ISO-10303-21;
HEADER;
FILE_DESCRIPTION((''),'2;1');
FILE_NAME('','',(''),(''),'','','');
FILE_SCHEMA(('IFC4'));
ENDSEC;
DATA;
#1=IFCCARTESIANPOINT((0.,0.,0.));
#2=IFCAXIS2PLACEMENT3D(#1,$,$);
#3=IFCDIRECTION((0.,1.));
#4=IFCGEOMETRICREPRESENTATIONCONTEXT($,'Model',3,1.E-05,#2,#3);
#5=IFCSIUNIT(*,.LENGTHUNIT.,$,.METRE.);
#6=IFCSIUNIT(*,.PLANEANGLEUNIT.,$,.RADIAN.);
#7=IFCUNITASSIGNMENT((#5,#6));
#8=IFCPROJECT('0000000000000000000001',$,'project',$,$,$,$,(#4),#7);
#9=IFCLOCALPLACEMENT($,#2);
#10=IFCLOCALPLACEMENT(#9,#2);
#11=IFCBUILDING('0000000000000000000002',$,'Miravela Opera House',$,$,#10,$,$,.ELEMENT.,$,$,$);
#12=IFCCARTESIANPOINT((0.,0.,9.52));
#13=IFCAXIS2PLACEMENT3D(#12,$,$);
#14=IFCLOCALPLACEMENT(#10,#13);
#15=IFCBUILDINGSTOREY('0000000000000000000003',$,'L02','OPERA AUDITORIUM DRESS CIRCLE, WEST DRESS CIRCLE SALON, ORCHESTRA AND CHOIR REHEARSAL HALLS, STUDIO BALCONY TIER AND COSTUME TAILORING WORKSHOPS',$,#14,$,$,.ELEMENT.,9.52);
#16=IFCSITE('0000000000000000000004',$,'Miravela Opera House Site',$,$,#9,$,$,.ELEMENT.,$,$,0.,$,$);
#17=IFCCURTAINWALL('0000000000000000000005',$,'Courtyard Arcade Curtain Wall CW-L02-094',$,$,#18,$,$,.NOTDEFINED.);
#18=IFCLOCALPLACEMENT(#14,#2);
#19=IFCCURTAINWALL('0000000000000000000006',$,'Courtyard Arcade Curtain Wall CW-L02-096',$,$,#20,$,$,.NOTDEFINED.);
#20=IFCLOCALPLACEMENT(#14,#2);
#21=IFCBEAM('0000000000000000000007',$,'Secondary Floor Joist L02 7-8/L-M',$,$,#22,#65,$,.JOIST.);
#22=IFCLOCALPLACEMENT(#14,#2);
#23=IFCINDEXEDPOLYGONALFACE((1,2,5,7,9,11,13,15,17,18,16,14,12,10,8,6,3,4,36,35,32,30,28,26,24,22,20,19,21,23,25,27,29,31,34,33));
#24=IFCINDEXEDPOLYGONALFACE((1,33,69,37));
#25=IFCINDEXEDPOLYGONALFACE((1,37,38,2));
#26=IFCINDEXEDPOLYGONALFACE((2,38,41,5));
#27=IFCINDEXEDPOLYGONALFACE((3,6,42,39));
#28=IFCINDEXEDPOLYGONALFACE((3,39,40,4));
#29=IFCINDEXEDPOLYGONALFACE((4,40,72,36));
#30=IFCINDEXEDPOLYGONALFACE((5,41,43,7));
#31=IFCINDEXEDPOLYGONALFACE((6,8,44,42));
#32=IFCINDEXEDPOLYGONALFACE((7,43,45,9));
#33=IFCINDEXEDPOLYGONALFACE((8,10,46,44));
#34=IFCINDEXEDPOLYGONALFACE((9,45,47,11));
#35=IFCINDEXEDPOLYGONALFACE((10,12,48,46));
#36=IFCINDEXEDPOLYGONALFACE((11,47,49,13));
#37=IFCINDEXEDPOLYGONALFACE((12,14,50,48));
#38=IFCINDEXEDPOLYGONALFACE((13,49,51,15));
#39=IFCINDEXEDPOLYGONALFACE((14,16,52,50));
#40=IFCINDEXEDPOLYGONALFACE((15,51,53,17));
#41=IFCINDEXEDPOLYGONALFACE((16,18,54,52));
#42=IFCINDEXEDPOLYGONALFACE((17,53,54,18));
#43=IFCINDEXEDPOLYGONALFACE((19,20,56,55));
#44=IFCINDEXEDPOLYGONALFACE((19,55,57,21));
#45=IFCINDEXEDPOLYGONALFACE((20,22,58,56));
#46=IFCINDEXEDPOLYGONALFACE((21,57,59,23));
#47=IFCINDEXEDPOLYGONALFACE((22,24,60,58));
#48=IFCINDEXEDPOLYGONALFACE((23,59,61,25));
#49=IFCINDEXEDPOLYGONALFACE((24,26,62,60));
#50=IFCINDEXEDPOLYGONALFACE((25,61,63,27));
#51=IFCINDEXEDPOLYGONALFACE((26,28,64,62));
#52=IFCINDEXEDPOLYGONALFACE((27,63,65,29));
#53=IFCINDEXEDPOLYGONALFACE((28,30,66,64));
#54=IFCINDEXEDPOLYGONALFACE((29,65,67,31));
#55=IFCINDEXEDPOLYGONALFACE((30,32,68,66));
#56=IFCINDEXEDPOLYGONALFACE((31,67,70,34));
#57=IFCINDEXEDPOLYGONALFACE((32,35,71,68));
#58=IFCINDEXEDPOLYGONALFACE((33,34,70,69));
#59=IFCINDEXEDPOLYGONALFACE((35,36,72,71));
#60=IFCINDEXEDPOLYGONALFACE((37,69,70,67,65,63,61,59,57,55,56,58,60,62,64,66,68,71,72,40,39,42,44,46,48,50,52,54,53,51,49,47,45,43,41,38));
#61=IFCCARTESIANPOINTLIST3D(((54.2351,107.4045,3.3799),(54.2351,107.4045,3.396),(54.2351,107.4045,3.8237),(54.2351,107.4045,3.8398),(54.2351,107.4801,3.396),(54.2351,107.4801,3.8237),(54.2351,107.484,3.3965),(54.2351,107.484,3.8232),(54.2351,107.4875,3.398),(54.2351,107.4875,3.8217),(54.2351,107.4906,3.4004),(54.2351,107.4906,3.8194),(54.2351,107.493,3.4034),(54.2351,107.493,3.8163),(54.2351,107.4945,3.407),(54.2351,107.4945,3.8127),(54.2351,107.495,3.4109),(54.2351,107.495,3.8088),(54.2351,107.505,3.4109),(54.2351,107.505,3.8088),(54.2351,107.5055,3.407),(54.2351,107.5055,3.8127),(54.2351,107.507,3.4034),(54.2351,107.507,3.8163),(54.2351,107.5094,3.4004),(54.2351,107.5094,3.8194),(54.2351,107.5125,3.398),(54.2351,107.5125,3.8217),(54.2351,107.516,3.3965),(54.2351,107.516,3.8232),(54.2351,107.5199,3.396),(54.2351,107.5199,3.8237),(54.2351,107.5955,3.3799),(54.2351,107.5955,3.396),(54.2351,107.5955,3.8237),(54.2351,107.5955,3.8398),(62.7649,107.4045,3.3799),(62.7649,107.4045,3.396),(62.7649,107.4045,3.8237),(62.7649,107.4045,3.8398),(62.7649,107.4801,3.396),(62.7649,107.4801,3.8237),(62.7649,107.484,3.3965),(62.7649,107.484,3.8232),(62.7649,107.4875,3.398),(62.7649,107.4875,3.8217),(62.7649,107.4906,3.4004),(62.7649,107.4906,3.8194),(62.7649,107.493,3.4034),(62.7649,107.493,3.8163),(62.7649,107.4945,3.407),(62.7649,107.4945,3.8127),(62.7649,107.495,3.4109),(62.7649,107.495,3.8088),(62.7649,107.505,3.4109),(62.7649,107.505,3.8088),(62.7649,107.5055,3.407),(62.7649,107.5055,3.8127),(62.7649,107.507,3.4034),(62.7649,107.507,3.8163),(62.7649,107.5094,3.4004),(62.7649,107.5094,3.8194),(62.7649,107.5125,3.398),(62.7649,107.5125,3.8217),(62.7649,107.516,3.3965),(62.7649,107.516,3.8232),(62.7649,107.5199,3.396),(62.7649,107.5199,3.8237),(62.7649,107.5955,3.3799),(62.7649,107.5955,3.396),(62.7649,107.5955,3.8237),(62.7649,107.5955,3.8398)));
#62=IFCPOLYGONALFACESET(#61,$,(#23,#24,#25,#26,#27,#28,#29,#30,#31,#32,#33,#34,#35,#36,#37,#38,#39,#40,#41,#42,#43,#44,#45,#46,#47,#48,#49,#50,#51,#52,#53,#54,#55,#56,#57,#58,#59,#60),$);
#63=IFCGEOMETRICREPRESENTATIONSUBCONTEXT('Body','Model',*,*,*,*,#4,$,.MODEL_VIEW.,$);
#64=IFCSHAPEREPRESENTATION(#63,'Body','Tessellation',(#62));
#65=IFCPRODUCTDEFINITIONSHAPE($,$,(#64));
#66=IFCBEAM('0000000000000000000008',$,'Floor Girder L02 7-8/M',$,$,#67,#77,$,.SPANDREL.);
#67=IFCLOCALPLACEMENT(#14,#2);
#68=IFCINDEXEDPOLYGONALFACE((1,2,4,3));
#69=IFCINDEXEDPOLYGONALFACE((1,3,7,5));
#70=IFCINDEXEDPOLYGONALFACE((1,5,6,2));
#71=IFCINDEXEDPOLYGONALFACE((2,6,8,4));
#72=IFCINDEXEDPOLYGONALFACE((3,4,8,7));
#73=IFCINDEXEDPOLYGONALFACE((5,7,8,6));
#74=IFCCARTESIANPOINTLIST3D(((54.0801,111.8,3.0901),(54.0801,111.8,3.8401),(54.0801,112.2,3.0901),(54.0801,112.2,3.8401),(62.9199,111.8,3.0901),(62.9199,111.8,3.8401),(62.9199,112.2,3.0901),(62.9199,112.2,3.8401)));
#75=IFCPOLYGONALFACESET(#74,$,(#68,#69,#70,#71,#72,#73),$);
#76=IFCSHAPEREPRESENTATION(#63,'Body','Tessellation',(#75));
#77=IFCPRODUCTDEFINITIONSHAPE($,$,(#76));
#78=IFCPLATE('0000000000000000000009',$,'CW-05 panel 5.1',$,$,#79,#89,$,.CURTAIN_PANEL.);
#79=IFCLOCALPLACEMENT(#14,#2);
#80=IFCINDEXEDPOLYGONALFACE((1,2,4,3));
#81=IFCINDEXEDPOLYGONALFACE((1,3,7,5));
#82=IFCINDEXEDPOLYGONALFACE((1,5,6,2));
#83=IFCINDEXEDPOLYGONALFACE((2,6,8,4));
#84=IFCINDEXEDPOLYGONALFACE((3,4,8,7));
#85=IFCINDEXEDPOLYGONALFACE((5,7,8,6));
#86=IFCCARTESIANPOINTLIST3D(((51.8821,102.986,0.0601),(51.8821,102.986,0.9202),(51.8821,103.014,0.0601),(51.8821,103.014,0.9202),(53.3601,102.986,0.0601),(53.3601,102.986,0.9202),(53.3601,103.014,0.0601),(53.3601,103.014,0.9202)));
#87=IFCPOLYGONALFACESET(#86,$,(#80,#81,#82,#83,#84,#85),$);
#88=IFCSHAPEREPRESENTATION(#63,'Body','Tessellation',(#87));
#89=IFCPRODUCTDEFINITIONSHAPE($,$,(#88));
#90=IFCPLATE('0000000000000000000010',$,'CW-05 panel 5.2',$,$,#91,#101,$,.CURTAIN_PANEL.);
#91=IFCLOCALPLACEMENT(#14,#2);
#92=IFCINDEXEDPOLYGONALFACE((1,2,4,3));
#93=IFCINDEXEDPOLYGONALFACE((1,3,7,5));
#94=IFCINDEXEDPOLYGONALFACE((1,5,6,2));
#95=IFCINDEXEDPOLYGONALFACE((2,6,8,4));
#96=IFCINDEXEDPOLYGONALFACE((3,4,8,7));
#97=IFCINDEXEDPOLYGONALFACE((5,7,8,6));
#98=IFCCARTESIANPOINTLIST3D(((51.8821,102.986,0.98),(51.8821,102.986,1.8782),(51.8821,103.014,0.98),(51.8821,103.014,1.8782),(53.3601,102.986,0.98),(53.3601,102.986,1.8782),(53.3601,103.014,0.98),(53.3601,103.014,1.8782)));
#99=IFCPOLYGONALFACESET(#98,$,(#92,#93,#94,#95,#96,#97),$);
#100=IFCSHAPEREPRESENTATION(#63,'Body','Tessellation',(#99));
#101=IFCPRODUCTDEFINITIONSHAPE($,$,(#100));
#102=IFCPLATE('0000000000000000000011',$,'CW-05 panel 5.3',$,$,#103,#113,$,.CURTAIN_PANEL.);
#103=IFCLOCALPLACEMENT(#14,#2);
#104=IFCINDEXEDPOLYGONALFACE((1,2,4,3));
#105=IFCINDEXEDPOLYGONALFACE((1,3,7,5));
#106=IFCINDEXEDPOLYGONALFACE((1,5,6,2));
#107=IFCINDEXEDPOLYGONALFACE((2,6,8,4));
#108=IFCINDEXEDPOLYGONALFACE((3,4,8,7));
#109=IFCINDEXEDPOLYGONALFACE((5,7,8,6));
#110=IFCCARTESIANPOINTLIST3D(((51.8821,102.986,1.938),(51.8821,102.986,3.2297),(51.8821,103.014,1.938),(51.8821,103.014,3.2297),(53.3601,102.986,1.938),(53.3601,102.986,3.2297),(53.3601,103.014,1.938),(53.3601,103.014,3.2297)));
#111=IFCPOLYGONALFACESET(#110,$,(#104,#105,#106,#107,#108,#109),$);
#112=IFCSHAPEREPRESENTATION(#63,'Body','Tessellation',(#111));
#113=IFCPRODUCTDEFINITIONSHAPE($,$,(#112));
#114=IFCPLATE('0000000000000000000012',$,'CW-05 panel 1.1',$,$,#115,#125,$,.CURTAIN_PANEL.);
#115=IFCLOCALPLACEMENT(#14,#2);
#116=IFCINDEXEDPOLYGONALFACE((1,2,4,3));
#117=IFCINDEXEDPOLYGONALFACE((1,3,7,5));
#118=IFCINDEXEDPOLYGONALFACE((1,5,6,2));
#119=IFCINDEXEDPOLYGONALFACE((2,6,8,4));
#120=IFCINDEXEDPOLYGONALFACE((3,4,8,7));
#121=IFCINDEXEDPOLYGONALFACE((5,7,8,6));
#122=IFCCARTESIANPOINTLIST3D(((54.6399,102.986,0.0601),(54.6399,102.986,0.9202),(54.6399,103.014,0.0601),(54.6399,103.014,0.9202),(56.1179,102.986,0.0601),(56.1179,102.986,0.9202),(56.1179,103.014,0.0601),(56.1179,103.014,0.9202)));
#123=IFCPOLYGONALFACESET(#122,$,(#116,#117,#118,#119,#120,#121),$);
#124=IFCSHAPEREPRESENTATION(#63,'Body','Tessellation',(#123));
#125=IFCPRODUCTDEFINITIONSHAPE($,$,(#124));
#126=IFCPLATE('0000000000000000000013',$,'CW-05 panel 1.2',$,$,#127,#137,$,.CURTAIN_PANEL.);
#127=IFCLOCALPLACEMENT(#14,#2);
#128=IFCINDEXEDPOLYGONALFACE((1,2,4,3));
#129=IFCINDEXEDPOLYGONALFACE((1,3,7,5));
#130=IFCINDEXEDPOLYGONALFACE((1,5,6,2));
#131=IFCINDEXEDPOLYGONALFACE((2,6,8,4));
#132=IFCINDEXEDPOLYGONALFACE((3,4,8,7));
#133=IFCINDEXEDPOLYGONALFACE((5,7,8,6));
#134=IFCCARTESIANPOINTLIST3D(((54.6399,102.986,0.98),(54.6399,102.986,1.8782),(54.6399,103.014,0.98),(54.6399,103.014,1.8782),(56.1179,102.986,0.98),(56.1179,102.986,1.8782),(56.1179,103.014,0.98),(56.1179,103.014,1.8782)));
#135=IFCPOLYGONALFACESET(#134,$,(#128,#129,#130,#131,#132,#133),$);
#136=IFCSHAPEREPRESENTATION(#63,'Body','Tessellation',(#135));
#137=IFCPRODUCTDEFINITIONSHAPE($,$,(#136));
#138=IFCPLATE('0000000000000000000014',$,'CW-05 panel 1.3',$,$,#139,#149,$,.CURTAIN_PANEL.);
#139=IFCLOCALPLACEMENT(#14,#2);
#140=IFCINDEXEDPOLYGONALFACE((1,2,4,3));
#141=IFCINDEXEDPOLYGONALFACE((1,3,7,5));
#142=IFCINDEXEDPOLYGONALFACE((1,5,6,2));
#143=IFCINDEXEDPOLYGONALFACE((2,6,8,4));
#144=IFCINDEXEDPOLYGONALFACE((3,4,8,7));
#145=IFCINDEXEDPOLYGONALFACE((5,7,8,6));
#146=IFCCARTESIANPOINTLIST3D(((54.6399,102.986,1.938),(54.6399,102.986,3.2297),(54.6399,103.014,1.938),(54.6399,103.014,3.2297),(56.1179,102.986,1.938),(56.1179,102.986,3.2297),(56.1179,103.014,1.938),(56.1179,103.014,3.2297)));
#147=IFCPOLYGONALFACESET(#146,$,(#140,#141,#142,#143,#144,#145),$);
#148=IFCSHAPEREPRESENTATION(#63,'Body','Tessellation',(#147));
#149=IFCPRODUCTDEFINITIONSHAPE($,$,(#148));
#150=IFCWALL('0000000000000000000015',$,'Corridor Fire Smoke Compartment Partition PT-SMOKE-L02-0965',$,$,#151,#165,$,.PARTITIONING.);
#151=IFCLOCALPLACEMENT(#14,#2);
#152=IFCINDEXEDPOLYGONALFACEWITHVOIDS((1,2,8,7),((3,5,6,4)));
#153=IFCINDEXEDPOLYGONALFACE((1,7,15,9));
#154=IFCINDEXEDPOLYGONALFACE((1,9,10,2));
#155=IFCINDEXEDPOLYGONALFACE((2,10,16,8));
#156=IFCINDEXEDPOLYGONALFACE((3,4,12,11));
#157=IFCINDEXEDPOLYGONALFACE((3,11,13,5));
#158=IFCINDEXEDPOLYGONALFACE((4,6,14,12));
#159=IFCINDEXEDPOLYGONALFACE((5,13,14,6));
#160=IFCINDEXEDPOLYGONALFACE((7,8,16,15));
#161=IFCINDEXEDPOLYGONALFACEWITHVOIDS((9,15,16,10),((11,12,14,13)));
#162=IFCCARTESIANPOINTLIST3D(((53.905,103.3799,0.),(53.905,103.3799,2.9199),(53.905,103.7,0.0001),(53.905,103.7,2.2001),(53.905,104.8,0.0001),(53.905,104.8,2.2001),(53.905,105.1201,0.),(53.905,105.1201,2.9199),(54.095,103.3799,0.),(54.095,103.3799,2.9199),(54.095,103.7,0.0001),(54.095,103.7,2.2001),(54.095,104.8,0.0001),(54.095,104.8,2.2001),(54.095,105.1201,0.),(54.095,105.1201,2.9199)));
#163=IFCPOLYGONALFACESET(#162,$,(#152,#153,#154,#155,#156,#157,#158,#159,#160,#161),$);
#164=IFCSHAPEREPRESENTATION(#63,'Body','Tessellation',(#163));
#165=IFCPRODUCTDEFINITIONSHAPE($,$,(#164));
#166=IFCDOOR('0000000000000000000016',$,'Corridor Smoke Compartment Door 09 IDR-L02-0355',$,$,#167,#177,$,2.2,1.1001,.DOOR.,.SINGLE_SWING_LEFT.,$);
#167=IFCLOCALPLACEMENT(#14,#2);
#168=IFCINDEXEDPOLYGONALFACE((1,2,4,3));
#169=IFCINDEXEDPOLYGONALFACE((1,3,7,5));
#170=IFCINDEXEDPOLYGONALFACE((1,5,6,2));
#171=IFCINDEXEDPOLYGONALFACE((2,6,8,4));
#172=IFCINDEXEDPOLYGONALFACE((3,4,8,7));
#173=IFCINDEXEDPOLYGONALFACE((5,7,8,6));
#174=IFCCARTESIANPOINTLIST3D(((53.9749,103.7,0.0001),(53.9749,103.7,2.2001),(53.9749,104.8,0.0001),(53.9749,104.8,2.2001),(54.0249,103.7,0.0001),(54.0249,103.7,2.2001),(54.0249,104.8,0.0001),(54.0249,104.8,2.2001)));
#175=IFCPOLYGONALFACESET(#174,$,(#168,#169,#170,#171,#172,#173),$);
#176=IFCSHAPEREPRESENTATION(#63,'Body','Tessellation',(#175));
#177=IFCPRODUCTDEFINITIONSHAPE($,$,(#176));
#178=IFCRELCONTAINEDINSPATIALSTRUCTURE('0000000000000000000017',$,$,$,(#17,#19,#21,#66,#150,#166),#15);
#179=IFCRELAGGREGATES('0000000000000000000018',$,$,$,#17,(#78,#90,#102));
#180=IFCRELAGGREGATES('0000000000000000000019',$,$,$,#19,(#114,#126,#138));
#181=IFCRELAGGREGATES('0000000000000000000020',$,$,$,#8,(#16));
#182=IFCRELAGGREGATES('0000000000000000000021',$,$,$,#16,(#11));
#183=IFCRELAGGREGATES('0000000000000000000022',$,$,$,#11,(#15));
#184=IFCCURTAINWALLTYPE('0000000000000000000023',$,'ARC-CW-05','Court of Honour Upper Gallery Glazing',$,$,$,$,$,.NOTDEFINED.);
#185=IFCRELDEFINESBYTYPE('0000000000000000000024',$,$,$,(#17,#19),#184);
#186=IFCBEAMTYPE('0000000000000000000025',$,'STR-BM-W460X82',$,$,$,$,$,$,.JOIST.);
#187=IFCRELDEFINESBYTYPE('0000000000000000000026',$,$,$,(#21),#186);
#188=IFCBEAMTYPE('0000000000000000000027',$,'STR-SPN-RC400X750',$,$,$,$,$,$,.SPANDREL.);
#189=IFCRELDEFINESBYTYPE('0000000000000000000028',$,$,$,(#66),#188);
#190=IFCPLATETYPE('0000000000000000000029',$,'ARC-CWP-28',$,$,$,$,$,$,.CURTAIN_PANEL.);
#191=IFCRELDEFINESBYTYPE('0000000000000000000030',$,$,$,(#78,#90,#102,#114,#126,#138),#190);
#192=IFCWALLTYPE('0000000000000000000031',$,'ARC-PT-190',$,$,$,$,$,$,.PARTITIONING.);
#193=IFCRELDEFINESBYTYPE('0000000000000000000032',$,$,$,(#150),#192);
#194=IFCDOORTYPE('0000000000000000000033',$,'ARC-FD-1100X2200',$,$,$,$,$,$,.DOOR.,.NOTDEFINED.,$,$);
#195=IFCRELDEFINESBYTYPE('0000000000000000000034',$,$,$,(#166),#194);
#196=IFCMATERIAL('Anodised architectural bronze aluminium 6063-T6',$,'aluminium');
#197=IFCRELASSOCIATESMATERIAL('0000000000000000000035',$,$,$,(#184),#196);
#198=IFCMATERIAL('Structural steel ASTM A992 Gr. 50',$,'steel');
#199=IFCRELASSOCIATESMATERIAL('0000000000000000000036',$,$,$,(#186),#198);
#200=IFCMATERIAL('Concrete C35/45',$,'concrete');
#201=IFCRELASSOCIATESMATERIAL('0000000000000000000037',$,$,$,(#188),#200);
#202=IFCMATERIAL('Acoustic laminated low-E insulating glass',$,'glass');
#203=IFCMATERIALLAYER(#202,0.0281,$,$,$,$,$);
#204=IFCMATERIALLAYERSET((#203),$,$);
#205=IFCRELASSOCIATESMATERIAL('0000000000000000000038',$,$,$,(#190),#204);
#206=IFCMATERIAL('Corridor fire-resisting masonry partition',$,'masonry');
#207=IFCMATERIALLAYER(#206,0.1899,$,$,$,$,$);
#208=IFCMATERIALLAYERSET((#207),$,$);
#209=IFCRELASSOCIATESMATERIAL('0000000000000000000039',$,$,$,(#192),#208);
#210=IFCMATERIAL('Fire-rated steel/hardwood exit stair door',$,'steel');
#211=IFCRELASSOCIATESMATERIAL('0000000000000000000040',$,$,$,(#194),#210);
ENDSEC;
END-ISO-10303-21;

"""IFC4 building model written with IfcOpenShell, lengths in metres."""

from ifc_helpers import new_model, si_unit, direction, frame, frame_2d, origin, origin_2d, place, context, subcontext, project, spatial, rectangle, i_section, extrude, material, layer, layer_set, material_profile, profile_set, type_object, element, fill, aggregate, save


model = new_model("IFC4")

# Units and contexts
model_context = context("Model", 3, precision=1e-05, world=origin(), true_north=direction((0.0, 1.0)))
body_context = subcontext(model_context, "Body", "Model", "MODEL_VIEW")
ifc_project = project(units=[si_unit("LENGTHUNIT", "METRE"), si_unit("PLANEANGLEUNIT", "RADIAN")], contexts=[model_context])

# Site, building, storey
site_placement = place(None, origin())
site = spatial("IfcSite", under=ifc_project, at=site_placement, Name="Miravela Opera House Site", CompositionType="ELEMENT", RefElevation=0.0)
building_placement = place(site_placement, origin())
building = spatial("IfcBuilding", under=site, at=building_placement, Name="Miravela Opera House", CompositionType="ELEMENT")
storey_placement = place(building_placement, frame((0.0, 0.0, 9.52)))
storey = spatial("IfcBuildingStorey", under=building, at=storey_placement, Name="L02", Description="OPERA AUDITORIUM DRESS CIRCLE, WEST DRESS CIRCLE SALON, ORCHESTRA AND CHOIR REHEARSAL HALLS, STUDIO BALCONY TIER AND COSTUME TAILORING WORKSHOPS", CompositionType="ELEMENT", Elevation=9.52)

# Shared definitions
ifc_material_1 = material(Name="Concrete C35/45", Category="concrete")

# Curtain wall
ifc_material_2 = material(Name="Anodised architectural bronze aluminium 6063-T6", Category="aluminium")
curtain_wall_type = type_object("IfcCurtainWallType", Name="ARC-CW-05", Description="Court of Honour Upper Gallery Glazing", PredefinedType="NOTDEFINED", material=ifc_material_2)
curtain_wall_1_placement = place(storey_placement, origin())
curtain_wall_1 = element("IfcCurtainWall", 1, at=curtain_wall_1_placement, inside=storey, type_object=curtain_wall_type, Name="Courtyard Arcade Curtain Wall CW-L02-094", PredefinedType="NOTDEFINED")

# Curtain wall
curtain_wall_2_placement = place(storey_placement, origin())
curtain_wall_2 = element("IfcCurtainWall", 2, at=curtain_wall_2_placement, inside=storey, type_object=curtain_wall_type, Name="Courtyard Arcade Curtain Wall CW-L02-096", PredefinedType="NOTDEFINED")

# Beams
ifc_material_3 = material(Name="Structural steel ASTM A992 Gr. 50", Category="steel")
ifc_material_profile_1 = material_profile(ifc_material_3, i_section(OverallWidth=0.1909, OverallDepth=0.46, WebThickness=0.01, FlangeThickness=0.0161, FilletRadius=0.0149, at=origin_2d()), Name="W460X82")
ifc_profile_set_1 = profile_set([ifc_material_profile_1])
beam_type_1 = type_object("IfcBeamType", Name="STR-BM-W460X82", PredefinedType="JOIST", material=ifc_profile_set_1)
beam_1_placement = place(storey_placement, frame((54.2351, 107.5, 3.6099), z_axis=(1.0, 0.0, 0.0), x_axis=(0.0, 1.0, 0.0)))
element("IfcBeam", 3, at=beam_1_placement, inside=storey, type_object=beam_type_1, Name="Secondary Floor Joist L02 7-8/L-M", PredefinedType="JOIST", context=body_context, shape_type="SweptSolid", body=[
    extrude(i_section(OverallWidth=0.1909, OverallDepth=0.46, WebThickness=0.01, FlangeThickness=0.0161, FilletRadius=0.0149, at=origin_2d()), origin(), (0.0, 0.0, 1.0), 8.5298),
])
ifc_material_profile_2 = material_profile(ifc_material_1, rectangle(XDim=0.3999, YDim=0.75, at=origin_2d()), Name="RC-SPN-400X750")
ifc_profile_set_2 = profile_set([ifc_material_profile_2])
beam_type_2 = type_object("IfcBeamType", Name="STR-SPN-RC400X750", PredefinedType="SPANDREL", material=ifc_profile_set_2)
beam_2_placement = place(storey_placement, frame((54.0801, 112.0, 3.4651), z_axis=(1.0, 0.0, 0.0), x_axis=(0.0, 1.0, 0.0)))
element("IfcBeam", 4, at=beam_2_placement, inside=storey, type_object=beam_type_2, Name="Floor Girder L02 7-8/M", PredefinedType="SPANDREL", context=body_context, shape_type="SweptSolid", body=[
    extrude(rectangle(XDim=0.3999, YDim=0.75, at=origin_2d()), origin(), (0.0, 0.0, 1.0), 8.8398),
])

# Plates
ifc_material_4 = material(Name="Acoustic laminated low-E insulating glass", Category="glass")
ifc_layer_1 = layer(ifc_material_4, 0.0281)
ifc_layer_set_1 = layer_set([ifc_layer_1])
plate_type = type_object("IfcPlateType", Name="ARC-CWP-28", PredefinedType="CURTAIN_PANEL", material=ifc_layer_set_1)
plate_1_placement = place(storey_placement, frame((52.6211, 103.0, 0.0601), z_axis=(0.0, 0.0, 1.0), x_axis=(1.0, 0.0, 0.0)))
plate_1 = element("IfcPlate", 5, at=plate_1_placement, type_object=plate_type, Name="CW-05 panel 5.1", PredefinedType="CURTAIN_PANEL", context=body_context, shape_type="SweptSolid", body=[
    extrude(rectangle(XDim=1.478, YDim=0.0281, at=origin_2d()), origin(), (0.0, 0.0, 1.0), 0.8601),
])
plate_2_placement = place(storey_placement, frame((52.6211, 103.0, 0.98), z_axis=(0.0, 0.0, 1.0), x_axis=(1.0, 0.0, 0.0)))
plate_2 = element("IfcPlate", 6, at=plate_2_placement, type_object=plate_type, Name="CW-05 panel 5.2", PredefinedType="CURTAIN_PANEL", context=body_context, shape_type="SweptSolid", body=[
    extrude(rectangle(XDim=1.478, YDim=0.0281, at=origin_2d()), origin(), (0.0, 0.0, 1.0), 0.8982),
])
plate_3_placement = place(storey_placement, frame((52.6211, 103.0, 1.938), z_axis=(0.0, 0.0, 1.0), x_axis=(1.0, 0.0, 0.0)))
plate_3 = element("IfcPlate", 7, at=plate_3_placement, type_object=plate_type, Name="CW-05 panel 5.3", PredefinedType="CURTAIN_PANEL", context=body_context, shape_type="SweptSolid", body=[
    extrude(rectangle(XDim=1.478, YDim=0.0281, at=origin_2d()), origin(), (0.0, 0.0, 1.0), 1.2917),
])
aggregate(curtain_wall_1, [plate_1, plate_2, plate_3])
plate_4_placement = place(storey_placement, frame((55.3789, 103.0, 0.0601), z_axis=(0.0, 0.0, 1.0), x_axis=(1.0, 0.0, 0.0)))
plate_4 = element("IfcPlate", 8, at=plate_4_placement, type_object=plate_type, Name="CW-05 panel 1.1", PredefinedType="CURTAIN_PANEL", context=body_context, shape_type="SweptSolid", body=[
    extrude(rectangle(XDim=1.478, YDim=0.0281, at=origin_2d()), origin(), (0.0, 0.0, 1.0), 0.8601),
])
plate_5_placement = place(storey_placement, frame((55.3789, 103.0, 0.98), z_axis=(0.0, 0.0, 1.0), x_axis=(1.0, 0.0, 0.0)))
plate_5 = element("IfcPlate", 9, at=plate_5_placement, type_object=plate_type, Name="CW-05 panel 1.2", PredefinedType="CURTAIN_PANEL", context=body_context, shape_type="SweptSolid", body=[
    extrude(rectangle(XDim=1.478, YDim=0.0281, at=origin_2d()), origin(), (0.0, 0.0, 1.0), 0.8982),
])
plate_6_placement = place(storey_placement, frame((55.3789, 103.0, 1.938), z_axis=(0.0, 0.0, 1.0), x_axis=(1.0, 0.0, 0.0)))
plate_6 = element("IfcPlate", 10, at=plate_6_placement, type_object=plate_type, Name="CW-05 panel 1.3", PredefinedType="CURTAIN_PANEL", context=body_context, shape_type="SweptSolid", body=[
    extrude(rectangle(XDim=1.478, YDim=0.0281, at=origin_2d()), origin(), (0.0, 0.0, 1.0), 1.2917),
])
aggregate(curtain_wall_2, [plate_4, plate_5, plate_6])

# Wall, opening, door
ifc_material_5 = material(Name="Corridor fire-resisting masonry partition", Category="masonry")
ifc_layer_2 = layer(ifc_material_5, 0.1899)
ifc_layer_set_2 = layer_set([ifc_layer_2])
wall_type = type_object("IfcWallType", Name="ARC-PT-190", PredefinedType="PARTITIONING", material=ifc_layer_set_2)
wall_placement = place(storey_placement, frame((54.0, 103.3799, 0.0), z_axis=(0.0, 0.0, 1.0), x_axis=(0.0, 1.0, 0.0)))
wall = element("IfcWall", 11, at=wall_placement, inside=storey, type_object=wall_type, Name="Corridor Fire Smoke Compartment Partition PT-SMOKE-L02-0965", PredefinedType="PARTITIONING", context=body_context, shape_type="SweptSolid", body=[
    extrude(rectangle(XDim=1.7402, YDim=0.1899, at=frame_2d((0.8701, 0.0))), origin(), (0.0, 0.0, 1.0), 2.9199),
])
opening_placement = place(wall_placement, frame((0.3201, 0.0, 0.0)))
opening = element("IfcOpeningElement", 12, at=opening_placement, cuts=wall, PredefinedType="OPENING", context=body_context, shape_type="SweptSolid", body=[
    extrude(rectangle(XDim=1.1001, YDim=2.2, at=frame_2d((0.55, 1.1001))), frame((0.0, 0.105, 0.0), z_axis=(0.0, -1.0, 0.0), x_axis=(1.0, 0.0, 0.0)), (0.0, 0.0, 1.0), 0.21),
])
ifc_material_6 = material(Name="Fire-rated steel/hardwood exit stair door", Category="steel")
door_type = type_object("IfcDoorType", Name="ARC-FD-1100X2200", OperationType="NOTDEFINED", PredefinedType="DOOR", material=ifc_material_6)
door_placement = place(opening_placement, frame((1.1001, 0.0, 0.0), z_axis=(0.0, 0.0, 1.0), x_axis=(-1.0, 0.0, 0.0)))
door = element("IfcDoor", 13, at=door_placement, inside=storey, type_object=door_type, Name="Corridor Smoke Compartment Door 09 IDR-L02-0355", OperationType="SINGLE_SWING_LEFT", OverallHeight=2.2, OverallWidth=1.1001, PredefinedType="DOOR", context=body_context, shape_type="SweptSolid", body=[
    extrude(rectangle(XDim=1.1001, YDim=2.2, at=frame_2d((0.55, 1.1001))), frame((0.0, 0.0249, 0.0), z_axis=(0.0, -1.0, 0.0), x_axis=(1.0, 0.0, 0.0)), (0.0, 0.0, 1.0), 0.05),
])
fill(opening, door)

save(model, "model.ifc")
